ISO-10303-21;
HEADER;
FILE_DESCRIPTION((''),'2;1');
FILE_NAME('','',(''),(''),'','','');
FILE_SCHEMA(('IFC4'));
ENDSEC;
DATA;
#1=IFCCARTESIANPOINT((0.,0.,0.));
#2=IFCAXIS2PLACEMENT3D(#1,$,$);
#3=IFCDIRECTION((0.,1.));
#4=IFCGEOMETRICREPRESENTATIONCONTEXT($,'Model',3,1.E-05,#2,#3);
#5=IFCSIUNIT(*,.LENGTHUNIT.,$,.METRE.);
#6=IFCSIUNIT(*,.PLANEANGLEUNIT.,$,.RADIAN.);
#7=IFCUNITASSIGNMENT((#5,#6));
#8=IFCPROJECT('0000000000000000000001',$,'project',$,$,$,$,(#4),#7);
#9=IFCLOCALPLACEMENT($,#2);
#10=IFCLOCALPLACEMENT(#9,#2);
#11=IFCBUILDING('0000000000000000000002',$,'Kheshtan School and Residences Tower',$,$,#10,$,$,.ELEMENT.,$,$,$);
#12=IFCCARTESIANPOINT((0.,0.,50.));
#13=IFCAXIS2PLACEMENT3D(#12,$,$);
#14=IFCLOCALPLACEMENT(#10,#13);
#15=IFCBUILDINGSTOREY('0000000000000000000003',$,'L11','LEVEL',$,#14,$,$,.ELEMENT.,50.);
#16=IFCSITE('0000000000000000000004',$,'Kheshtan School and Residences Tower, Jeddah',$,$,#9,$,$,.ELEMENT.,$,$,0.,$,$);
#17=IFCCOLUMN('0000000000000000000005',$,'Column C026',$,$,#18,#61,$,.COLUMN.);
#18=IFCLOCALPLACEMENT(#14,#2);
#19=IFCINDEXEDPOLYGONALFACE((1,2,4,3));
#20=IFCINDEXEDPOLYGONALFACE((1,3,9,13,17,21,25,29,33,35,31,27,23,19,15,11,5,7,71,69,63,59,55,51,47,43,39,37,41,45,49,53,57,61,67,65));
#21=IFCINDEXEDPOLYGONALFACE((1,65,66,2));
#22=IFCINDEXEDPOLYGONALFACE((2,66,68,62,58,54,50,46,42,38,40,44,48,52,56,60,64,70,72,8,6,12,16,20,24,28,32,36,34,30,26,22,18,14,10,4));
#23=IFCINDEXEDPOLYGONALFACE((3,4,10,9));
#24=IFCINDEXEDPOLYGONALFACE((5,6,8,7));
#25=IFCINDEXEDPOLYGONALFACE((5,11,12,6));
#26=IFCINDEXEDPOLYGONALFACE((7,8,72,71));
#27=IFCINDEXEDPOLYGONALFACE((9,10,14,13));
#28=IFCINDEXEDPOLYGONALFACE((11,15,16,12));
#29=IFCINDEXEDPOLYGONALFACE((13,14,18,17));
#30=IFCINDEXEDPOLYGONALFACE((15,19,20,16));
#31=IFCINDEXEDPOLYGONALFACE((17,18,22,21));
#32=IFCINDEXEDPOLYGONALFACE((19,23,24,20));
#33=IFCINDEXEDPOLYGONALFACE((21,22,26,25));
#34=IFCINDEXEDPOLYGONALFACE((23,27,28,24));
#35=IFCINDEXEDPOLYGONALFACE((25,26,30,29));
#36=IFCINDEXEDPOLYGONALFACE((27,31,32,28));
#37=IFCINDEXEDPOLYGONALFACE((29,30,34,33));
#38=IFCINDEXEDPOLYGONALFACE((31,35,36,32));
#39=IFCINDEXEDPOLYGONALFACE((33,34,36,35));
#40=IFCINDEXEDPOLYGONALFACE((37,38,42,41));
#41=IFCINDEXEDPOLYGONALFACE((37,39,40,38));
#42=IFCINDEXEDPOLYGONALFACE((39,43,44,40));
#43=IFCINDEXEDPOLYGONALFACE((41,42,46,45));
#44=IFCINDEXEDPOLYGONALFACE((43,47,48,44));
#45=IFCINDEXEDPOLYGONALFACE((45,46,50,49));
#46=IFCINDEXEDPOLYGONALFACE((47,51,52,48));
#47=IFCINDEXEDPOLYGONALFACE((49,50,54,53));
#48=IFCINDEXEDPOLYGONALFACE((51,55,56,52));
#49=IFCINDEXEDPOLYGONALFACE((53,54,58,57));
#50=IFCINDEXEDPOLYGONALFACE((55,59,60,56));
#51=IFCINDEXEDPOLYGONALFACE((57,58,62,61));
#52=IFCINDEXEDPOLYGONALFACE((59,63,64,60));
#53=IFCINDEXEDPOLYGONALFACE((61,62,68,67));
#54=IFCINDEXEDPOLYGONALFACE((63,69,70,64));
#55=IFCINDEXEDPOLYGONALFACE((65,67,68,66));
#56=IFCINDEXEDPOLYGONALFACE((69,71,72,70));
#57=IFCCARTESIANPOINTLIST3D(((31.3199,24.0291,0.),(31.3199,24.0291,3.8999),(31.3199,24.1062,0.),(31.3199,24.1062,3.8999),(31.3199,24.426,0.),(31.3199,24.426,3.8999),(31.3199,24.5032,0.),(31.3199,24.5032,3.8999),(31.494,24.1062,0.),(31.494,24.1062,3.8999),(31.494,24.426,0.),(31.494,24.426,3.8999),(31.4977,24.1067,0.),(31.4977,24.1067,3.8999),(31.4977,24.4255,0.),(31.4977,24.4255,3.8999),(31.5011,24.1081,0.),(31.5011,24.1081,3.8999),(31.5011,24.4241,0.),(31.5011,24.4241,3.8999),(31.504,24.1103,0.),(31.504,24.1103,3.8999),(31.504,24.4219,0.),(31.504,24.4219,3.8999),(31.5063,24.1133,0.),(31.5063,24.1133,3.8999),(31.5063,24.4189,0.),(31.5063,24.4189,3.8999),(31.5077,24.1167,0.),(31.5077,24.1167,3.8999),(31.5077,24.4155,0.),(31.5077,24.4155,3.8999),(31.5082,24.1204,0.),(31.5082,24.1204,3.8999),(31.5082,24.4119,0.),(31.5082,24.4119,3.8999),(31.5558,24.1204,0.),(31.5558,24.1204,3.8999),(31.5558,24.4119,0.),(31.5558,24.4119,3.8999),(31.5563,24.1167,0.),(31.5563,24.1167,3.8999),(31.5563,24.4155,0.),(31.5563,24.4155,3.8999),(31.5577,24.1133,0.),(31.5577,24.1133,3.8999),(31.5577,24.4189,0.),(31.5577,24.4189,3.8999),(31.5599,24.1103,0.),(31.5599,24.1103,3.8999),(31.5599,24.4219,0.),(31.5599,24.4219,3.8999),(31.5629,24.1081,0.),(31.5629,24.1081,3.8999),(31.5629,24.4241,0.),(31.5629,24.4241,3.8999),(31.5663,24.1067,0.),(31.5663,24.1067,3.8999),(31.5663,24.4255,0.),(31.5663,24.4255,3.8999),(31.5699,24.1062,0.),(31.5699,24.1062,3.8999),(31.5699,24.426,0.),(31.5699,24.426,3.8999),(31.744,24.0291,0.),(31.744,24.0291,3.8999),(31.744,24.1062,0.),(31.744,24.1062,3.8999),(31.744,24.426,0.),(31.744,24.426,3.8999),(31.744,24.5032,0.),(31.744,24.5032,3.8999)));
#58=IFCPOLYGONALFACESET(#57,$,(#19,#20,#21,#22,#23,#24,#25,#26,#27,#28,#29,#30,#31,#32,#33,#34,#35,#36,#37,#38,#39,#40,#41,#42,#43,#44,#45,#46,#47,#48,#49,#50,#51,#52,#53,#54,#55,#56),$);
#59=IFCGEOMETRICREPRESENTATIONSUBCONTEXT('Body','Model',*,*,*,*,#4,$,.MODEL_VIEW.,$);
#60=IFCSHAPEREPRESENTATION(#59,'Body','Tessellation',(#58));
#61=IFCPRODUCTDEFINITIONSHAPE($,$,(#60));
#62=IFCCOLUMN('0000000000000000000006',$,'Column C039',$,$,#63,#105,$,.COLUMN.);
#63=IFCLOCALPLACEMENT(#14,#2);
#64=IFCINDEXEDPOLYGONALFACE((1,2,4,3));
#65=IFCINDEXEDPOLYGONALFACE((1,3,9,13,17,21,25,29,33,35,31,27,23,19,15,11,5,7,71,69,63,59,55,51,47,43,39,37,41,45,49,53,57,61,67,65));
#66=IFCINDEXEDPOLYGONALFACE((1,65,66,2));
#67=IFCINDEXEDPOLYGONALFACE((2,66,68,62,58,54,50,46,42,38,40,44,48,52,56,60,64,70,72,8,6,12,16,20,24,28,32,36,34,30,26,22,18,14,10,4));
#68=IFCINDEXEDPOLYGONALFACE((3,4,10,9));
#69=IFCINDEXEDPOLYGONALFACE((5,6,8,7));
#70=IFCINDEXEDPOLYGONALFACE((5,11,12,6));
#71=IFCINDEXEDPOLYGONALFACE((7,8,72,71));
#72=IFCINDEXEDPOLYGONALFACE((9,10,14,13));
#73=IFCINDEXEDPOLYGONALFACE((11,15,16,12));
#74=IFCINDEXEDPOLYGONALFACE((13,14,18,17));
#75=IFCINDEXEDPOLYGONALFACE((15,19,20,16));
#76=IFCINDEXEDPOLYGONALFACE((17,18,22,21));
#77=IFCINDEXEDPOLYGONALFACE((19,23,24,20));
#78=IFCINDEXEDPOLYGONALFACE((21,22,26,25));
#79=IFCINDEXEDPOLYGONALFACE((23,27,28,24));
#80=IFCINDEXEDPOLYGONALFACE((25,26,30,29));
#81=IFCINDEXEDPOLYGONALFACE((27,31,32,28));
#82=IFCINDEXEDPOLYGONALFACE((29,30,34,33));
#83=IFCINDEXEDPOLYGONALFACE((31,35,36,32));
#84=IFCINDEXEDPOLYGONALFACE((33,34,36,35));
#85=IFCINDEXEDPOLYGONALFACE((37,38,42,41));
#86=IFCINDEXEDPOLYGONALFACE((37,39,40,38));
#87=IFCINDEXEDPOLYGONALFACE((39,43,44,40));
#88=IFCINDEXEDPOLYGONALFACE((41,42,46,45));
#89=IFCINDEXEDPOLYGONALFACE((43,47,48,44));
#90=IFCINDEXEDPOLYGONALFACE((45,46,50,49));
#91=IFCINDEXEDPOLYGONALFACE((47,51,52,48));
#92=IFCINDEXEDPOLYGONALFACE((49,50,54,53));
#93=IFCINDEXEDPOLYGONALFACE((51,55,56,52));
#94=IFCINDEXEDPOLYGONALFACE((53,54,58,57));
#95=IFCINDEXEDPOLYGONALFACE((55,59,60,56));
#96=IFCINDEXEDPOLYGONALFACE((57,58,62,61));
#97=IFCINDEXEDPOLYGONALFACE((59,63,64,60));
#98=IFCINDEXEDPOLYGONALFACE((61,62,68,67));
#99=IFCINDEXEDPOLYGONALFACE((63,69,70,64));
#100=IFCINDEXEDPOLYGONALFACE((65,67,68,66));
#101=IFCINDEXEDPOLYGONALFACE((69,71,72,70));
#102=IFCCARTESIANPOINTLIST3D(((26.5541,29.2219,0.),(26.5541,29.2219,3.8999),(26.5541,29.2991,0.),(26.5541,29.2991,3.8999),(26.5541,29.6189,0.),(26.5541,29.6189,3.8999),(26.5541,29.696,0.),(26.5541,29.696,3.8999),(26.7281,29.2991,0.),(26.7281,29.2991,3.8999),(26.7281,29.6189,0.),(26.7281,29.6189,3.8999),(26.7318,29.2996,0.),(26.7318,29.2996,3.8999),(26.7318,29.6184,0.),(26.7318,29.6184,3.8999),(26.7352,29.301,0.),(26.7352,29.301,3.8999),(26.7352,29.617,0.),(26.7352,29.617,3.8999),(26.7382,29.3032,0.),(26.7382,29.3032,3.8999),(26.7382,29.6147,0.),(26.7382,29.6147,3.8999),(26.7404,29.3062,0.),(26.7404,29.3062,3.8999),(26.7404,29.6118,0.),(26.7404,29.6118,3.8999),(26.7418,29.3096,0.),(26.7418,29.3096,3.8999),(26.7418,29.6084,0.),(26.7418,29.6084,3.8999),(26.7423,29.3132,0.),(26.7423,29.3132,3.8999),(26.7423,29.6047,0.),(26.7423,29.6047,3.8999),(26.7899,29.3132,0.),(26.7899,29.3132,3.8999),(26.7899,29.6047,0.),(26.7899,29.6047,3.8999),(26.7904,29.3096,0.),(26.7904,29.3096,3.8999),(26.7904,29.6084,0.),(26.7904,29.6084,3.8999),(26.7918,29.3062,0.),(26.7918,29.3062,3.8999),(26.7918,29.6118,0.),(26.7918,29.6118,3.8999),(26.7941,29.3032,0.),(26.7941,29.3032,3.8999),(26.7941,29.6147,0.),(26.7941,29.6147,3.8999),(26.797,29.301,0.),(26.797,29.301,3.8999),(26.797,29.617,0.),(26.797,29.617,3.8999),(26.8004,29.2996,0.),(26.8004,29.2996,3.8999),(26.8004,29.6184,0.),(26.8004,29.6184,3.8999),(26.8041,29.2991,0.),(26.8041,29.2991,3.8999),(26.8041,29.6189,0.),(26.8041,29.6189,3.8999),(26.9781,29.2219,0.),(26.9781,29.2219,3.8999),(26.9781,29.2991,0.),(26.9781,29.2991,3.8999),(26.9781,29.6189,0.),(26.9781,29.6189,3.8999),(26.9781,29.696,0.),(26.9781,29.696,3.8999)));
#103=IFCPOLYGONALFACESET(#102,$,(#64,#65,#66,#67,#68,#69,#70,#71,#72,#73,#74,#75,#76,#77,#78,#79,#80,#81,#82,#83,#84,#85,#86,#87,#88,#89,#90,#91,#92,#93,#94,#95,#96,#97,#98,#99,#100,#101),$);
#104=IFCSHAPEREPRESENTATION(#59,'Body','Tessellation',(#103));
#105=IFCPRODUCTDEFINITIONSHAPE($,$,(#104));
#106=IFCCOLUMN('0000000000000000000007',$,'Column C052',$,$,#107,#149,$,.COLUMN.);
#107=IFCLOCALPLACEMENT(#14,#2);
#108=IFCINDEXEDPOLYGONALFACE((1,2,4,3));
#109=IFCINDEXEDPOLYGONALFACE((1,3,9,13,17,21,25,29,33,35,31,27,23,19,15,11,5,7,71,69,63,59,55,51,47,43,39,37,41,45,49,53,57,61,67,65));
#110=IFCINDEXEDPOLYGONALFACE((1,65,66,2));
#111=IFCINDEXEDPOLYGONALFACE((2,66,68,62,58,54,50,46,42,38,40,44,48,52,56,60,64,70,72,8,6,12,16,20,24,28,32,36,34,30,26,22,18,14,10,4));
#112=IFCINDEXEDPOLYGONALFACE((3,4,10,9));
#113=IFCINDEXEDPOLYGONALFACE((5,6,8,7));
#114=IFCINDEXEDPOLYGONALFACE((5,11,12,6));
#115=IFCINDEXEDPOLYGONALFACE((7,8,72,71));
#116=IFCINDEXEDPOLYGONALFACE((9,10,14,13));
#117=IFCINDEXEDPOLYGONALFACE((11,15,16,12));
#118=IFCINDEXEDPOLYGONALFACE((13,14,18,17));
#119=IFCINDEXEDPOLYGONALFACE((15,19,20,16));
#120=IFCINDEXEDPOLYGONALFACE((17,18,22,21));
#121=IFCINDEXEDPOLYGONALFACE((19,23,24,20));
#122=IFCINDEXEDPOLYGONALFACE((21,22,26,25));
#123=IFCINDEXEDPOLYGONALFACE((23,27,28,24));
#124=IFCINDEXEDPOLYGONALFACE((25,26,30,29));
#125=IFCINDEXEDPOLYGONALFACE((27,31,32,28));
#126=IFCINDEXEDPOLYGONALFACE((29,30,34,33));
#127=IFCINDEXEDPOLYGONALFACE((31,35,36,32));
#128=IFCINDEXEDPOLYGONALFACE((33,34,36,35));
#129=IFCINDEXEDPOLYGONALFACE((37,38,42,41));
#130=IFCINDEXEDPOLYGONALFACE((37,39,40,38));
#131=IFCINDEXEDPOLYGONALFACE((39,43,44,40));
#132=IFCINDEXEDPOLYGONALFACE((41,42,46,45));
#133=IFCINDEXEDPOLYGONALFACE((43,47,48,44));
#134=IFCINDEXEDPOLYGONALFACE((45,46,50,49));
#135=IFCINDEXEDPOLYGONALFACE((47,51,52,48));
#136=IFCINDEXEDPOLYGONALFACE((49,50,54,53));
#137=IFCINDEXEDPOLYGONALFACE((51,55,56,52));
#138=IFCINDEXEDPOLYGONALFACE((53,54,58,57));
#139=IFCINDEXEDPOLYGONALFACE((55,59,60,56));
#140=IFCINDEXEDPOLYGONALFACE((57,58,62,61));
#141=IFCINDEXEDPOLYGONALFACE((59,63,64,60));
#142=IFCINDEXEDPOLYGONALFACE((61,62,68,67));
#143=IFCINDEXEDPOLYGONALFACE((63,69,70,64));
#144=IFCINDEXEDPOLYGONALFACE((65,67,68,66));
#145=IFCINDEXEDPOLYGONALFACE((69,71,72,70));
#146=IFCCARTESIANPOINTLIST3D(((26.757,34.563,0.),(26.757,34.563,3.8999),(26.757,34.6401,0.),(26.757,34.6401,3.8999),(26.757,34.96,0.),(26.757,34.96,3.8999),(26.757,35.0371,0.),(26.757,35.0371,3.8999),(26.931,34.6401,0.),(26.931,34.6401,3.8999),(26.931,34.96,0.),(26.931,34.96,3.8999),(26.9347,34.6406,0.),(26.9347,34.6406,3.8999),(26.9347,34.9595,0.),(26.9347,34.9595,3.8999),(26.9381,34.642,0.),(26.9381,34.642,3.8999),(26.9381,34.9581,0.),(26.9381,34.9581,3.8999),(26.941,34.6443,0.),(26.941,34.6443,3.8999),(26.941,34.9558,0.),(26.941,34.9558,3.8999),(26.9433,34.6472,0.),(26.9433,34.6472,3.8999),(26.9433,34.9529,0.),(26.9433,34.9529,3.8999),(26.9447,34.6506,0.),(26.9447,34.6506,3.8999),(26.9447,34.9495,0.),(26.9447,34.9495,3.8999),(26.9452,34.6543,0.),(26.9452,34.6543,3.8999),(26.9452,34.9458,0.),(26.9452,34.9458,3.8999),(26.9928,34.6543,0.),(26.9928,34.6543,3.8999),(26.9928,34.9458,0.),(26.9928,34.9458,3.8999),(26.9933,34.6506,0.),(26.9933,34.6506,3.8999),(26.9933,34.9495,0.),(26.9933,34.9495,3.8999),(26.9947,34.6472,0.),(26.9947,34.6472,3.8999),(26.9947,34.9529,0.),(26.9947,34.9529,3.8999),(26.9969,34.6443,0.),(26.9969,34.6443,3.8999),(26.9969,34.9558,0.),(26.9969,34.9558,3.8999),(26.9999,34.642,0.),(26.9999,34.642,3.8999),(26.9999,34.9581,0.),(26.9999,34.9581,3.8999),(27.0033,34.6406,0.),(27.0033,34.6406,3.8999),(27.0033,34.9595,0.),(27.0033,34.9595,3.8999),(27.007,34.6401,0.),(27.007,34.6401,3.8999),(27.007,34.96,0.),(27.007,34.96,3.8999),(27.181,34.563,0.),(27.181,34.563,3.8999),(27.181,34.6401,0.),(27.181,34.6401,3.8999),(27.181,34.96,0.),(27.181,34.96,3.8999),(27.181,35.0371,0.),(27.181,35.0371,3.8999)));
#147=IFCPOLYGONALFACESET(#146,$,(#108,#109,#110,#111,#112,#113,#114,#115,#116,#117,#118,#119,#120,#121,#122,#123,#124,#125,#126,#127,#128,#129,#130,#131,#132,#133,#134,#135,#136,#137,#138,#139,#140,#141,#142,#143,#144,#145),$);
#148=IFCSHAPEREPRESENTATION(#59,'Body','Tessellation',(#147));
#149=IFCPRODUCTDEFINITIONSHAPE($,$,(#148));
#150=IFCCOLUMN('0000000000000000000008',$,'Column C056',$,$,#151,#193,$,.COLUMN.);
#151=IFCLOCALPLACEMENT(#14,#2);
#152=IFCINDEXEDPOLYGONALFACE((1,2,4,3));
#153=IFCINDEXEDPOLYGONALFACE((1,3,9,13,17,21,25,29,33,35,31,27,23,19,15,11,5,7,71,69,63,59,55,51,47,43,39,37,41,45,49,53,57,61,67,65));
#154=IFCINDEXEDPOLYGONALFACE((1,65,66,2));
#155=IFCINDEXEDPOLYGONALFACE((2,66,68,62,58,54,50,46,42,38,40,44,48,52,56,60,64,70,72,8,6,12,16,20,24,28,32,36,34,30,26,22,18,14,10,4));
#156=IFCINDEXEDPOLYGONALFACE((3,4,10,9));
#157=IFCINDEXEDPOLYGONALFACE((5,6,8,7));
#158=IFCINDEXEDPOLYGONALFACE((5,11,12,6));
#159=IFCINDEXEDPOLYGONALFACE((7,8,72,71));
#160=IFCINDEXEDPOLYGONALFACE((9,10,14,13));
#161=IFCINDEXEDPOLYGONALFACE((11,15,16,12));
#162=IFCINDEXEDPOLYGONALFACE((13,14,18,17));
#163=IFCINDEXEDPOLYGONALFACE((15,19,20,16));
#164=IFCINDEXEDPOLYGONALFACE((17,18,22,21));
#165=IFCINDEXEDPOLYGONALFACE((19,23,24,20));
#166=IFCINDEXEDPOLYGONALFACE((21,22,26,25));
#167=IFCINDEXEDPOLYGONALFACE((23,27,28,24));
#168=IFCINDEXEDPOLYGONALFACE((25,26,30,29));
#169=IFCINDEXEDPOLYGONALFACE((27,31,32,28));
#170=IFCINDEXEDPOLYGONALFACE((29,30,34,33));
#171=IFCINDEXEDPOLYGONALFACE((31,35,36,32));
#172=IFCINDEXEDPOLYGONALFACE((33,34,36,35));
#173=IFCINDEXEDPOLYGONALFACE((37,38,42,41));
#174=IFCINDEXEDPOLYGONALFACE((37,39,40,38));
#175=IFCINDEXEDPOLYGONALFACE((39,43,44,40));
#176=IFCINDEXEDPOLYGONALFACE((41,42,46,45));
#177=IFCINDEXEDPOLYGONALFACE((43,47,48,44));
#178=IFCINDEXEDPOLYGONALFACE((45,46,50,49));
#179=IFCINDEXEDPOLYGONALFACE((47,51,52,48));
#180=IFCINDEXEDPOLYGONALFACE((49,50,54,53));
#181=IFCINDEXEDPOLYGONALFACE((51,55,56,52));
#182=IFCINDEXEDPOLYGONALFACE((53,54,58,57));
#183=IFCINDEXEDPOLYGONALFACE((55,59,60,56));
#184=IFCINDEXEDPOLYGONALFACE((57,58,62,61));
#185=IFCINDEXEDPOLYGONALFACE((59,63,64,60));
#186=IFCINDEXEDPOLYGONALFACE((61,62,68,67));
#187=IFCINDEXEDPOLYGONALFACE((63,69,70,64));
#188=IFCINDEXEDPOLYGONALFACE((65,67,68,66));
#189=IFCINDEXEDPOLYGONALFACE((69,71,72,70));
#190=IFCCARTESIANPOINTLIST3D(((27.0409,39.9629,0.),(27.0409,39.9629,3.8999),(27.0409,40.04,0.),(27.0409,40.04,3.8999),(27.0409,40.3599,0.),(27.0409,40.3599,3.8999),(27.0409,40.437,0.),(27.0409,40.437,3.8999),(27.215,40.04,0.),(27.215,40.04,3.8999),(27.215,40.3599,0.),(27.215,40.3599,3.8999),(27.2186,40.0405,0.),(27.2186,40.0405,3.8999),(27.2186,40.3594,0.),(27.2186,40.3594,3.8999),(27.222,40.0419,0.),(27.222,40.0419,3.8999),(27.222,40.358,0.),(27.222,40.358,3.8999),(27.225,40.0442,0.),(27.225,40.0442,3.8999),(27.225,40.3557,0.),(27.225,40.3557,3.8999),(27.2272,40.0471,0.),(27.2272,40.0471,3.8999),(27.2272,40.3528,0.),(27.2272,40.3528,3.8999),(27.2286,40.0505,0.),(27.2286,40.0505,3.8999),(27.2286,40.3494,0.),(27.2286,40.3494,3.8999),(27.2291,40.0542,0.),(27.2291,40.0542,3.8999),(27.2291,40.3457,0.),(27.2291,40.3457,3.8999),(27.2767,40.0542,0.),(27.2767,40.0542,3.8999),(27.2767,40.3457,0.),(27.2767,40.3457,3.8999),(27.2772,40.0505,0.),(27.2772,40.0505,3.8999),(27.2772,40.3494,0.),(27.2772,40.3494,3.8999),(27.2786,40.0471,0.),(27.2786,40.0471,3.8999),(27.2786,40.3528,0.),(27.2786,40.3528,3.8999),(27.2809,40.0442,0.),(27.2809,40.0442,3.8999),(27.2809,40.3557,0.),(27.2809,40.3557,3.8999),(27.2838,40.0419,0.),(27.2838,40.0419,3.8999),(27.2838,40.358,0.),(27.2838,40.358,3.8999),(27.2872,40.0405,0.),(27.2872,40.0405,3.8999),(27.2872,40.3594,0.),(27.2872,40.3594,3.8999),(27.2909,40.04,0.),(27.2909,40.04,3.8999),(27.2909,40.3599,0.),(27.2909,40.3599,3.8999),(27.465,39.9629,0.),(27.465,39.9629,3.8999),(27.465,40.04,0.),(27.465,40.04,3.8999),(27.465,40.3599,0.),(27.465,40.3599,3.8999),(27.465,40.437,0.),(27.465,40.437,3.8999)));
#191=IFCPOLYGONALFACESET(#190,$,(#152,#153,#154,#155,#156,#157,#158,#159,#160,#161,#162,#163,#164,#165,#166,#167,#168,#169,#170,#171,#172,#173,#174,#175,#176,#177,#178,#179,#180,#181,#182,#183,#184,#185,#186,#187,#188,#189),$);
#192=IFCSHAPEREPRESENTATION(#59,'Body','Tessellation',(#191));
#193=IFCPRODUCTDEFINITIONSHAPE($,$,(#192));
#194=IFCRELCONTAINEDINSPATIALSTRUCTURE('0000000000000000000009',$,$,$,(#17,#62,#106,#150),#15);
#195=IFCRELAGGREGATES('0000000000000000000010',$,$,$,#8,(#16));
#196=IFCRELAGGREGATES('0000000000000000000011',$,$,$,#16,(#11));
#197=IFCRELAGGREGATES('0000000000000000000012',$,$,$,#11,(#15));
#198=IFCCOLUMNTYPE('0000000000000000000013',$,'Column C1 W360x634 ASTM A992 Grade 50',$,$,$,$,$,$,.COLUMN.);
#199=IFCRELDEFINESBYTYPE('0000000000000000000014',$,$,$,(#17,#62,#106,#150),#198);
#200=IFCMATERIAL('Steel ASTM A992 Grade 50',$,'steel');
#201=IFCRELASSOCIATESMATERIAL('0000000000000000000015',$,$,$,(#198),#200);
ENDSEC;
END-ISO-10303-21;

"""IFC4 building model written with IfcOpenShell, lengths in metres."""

from ifc_helpers import new_model, si_unit, direction, frame, origin, origin_2d, place, context, subcontext, project, spatial, i_section, extrude, material, material_profile, profile_set, type_object, element, save


model = new_model("IFC4")

# Units and contexts
model_context = context("Model", 3, precision=1e-05, world=origin(), true_north=direction((0.0, 1.0)))
body_context = subcontext(model_context, "Body", "Model", "MODEL_VIEW")
ifc_project = project(units=[si_unit("LENGTHUNIT", "METRE"), si_unit("PLANEANGLEUNIT", "RADIAN")], contexts=[model_context])

# Site, building, storey
site_placement = place(None, origin())
site = spatial("IfcSite", under=ifc_project, at=site_placement, Name="Kheshtan School and Residences Tower, Jeddah", CompositionType="ELEMENT", RefElevation=0.0)
building_placement = place(site_placement, origin())
building = spatial("IfcBuilding", under=site, at=building_placement, Name="Kheshtan School and Residences Tower", CompositionType="ELEMENT")
storey_placement = place(building_placement, frame((0.0, 0.0, 50.0)))
storey = spatial("IfcBuildingStorey", under=building, at=storey_placement, Name="L11", Description="LEVEL", CompositionType="ELEMENT", Elevation=50.0)

# Columns
ifc_material_1 = material(Name="Steel ASTM A992 Grade 50", Category="steel")
ifc_material_profile_1 = material_profile(ifc_material_1, i_section(OverallWidth=0.4241, OverallDepth=0.4741, WebThickness=0.0476, FlangeThickness=0.0771, FilletRadius=0.0142, at=origin_2d()), Name="W360x634")
ifc_profile_set_1 = profile_set([ifc_material_profile_1], Name="Steel ASTM A992 Grade 50")
column_type = type_object("IfcColumnType", Name="Column C1 W360x634 ASTM A992 Grade 50", PredefinedType="COLUMN", material=ifc_profile_set_1)
for number, where, z_axis, x_axis, name in (
    (1, (31.532, 24.2661, 0.0), (0.0, 0.0, 1.0), (1.0, 0.0, 0.0), "Column C026"),
    (2, (26.7661, 29.459, 0.0), (0.0, 0.0, 1.0), (1.0, 0.0, 0.0), "Column C039"),
    (3, (26.969, 34.8, 0.0), (0.0, 0.0, 1.0), (1.0, 0.0, 0.0), "Column C052"),
    (4, (27.2529, 40.2, 0.0), (0.0, 0.0, 1.0), (1.0, 0.0, 0.0), "Column C056"),
):
    element("IfcColumn", number, at=place(storey_placement, frame(where, z_axis=z_axis, x_axis=x_axis)), inside=storey, type_object=column_type, Name=name, PredefinedType="COLUMN", context=body_context, shape_type="SweptSolid", body=[
        extrude(i_section(OverallWidth=0.4241, OverallDepth=0.4741, WebThickness=0.0476, FlangeThickness=0.0771, FilletRadius=0.0142, at=origin_2d()), origin(), (0.0, 0.0, 1.0), 3.8999),
    ])

save(model, "model.ifc")
